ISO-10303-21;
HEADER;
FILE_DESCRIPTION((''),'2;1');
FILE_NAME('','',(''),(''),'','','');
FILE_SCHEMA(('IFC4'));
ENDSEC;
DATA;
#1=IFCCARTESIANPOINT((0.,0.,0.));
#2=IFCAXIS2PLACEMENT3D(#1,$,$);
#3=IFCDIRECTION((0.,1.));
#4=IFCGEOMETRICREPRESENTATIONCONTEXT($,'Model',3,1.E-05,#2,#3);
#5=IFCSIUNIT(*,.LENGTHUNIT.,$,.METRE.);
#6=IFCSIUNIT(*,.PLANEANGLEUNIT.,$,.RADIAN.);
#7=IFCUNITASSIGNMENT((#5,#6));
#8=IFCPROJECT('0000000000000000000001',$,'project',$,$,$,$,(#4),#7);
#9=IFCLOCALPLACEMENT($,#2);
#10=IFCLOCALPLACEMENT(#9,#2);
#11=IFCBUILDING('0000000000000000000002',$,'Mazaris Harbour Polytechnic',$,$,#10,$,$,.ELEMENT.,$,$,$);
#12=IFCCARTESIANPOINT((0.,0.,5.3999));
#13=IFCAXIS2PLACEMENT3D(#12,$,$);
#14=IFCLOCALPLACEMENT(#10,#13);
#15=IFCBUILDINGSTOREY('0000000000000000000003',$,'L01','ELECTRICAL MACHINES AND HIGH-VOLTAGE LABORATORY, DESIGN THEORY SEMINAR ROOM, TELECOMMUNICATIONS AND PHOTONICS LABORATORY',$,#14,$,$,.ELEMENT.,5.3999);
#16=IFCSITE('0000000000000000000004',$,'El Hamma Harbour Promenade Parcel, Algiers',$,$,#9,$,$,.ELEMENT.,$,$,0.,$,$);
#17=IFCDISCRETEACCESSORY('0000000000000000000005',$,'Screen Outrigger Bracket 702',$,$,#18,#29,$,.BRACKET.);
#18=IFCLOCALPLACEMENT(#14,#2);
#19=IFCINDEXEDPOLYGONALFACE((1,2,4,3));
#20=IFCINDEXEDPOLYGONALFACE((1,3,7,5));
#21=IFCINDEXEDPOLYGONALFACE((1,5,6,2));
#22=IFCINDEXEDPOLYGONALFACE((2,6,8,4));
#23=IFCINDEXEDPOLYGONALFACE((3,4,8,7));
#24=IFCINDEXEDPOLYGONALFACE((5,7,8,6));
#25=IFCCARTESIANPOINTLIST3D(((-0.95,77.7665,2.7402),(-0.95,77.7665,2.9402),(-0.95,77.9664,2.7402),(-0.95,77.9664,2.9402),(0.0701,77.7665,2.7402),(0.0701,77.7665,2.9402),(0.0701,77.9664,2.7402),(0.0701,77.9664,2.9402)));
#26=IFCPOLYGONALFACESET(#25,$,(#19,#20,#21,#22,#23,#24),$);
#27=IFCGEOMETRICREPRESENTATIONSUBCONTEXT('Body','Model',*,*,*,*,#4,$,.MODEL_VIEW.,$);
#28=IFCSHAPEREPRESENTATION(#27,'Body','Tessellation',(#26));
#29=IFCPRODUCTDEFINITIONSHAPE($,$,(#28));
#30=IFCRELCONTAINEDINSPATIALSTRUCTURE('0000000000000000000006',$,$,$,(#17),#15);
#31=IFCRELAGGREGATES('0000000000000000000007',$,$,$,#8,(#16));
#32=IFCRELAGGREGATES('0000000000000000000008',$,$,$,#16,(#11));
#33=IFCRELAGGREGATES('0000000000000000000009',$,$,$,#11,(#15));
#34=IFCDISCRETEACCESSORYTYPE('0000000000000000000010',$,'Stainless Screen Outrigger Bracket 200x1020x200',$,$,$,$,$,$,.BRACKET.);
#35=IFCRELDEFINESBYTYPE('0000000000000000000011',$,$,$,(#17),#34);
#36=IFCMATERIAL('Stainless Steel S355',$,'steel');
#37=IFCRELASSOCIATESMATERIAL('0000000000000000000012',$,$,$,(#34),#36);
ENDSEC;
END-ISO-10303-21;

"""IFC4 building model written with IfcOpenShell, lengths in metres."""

from ifc_helpers import new_model, si_unit, direction, frame, origin, origin_2d, place, context, subcontext, project, spatial, rectangle, extrude, material, type_object, element, save


model = new_model("IFC4")

# Units and contexts
model_context = context("Model", 3, precision=1e-05, world=origin(), true_north=direction((0.0, 1.0)))
body_context = subcontext(model_context, "Body", "Model", "MODEL_VIEW")
ifc_project = project(units=[si_unit("LENGTHUNIT", "METRE"), si_unit("PLANEANGLEUNIT", "RADIAN")], contexts=[model_context])

# Site, building, storey
site_placement = place(None, origin())
site = spatial("IfcSite", under=ifc_project, at=site_placement, Name="El Hamma Harbour Promenade Parcel, Algiers", CompositionType="ELEMENT", RefElevation=0.0)
building_placement = place(site_placement, origin())
building = spatial("IfcBuilding", under=site, at=building_placement, Name="Mazaris Harbour Polytechnic", CompositionType="ELEMENT")
storey_placement = place(building_placement, frame((0.0, 0.0, 5.3999)))
storey = spatial("IfcBuildingStorey", under=building, at=storey_placement, Name="L01", Description="ELECTRICAL MACHINES AND HIGH-VOLTAGE LABORATORY, DESIGN THEORY SEMINAR ROOM, TELECOMMUNICATIONS AND PHOTONICS LABORATORY", CompositionType="ELEMENT", Elevation=5.3999)

# Discrete accessory
ifc_material_1 = material(Name="Stainless Steel S355", Category="steel")
discrete_accessory_type = type_object("IfcDiscreteAccessoryType", Name="Stainless Screen Outrigger Bracket 200x1020x200", PredefinedType="BRACKET", material=ifc_material_1)
for number, where, z_axis, x_axis, name in (
    (1, (-0.4399, 77.8665, 2.7402), (0.0, 0.0, 1.0), (0.0, 1.0, 0.0), "Screen Outrigger Bracket 702"),
):
    element("IfcDiscreteAccessory", number, at=place(storey_placement, frame(where, z_axis=z_axis, x_axis=x_axis)), inside=storey, type_object=discrete_accessory_type, Name=name, PredefinedType="BRACKET", context=body_context, shape_type="SweptSolid", body=[
        extrude(rectangle(XDim=0.2, YDim=1.02, at=origin_2d()), origin(), (0.0, 0.0, 1.0), 0.2),
    ])

save(model, "model.ifc")
